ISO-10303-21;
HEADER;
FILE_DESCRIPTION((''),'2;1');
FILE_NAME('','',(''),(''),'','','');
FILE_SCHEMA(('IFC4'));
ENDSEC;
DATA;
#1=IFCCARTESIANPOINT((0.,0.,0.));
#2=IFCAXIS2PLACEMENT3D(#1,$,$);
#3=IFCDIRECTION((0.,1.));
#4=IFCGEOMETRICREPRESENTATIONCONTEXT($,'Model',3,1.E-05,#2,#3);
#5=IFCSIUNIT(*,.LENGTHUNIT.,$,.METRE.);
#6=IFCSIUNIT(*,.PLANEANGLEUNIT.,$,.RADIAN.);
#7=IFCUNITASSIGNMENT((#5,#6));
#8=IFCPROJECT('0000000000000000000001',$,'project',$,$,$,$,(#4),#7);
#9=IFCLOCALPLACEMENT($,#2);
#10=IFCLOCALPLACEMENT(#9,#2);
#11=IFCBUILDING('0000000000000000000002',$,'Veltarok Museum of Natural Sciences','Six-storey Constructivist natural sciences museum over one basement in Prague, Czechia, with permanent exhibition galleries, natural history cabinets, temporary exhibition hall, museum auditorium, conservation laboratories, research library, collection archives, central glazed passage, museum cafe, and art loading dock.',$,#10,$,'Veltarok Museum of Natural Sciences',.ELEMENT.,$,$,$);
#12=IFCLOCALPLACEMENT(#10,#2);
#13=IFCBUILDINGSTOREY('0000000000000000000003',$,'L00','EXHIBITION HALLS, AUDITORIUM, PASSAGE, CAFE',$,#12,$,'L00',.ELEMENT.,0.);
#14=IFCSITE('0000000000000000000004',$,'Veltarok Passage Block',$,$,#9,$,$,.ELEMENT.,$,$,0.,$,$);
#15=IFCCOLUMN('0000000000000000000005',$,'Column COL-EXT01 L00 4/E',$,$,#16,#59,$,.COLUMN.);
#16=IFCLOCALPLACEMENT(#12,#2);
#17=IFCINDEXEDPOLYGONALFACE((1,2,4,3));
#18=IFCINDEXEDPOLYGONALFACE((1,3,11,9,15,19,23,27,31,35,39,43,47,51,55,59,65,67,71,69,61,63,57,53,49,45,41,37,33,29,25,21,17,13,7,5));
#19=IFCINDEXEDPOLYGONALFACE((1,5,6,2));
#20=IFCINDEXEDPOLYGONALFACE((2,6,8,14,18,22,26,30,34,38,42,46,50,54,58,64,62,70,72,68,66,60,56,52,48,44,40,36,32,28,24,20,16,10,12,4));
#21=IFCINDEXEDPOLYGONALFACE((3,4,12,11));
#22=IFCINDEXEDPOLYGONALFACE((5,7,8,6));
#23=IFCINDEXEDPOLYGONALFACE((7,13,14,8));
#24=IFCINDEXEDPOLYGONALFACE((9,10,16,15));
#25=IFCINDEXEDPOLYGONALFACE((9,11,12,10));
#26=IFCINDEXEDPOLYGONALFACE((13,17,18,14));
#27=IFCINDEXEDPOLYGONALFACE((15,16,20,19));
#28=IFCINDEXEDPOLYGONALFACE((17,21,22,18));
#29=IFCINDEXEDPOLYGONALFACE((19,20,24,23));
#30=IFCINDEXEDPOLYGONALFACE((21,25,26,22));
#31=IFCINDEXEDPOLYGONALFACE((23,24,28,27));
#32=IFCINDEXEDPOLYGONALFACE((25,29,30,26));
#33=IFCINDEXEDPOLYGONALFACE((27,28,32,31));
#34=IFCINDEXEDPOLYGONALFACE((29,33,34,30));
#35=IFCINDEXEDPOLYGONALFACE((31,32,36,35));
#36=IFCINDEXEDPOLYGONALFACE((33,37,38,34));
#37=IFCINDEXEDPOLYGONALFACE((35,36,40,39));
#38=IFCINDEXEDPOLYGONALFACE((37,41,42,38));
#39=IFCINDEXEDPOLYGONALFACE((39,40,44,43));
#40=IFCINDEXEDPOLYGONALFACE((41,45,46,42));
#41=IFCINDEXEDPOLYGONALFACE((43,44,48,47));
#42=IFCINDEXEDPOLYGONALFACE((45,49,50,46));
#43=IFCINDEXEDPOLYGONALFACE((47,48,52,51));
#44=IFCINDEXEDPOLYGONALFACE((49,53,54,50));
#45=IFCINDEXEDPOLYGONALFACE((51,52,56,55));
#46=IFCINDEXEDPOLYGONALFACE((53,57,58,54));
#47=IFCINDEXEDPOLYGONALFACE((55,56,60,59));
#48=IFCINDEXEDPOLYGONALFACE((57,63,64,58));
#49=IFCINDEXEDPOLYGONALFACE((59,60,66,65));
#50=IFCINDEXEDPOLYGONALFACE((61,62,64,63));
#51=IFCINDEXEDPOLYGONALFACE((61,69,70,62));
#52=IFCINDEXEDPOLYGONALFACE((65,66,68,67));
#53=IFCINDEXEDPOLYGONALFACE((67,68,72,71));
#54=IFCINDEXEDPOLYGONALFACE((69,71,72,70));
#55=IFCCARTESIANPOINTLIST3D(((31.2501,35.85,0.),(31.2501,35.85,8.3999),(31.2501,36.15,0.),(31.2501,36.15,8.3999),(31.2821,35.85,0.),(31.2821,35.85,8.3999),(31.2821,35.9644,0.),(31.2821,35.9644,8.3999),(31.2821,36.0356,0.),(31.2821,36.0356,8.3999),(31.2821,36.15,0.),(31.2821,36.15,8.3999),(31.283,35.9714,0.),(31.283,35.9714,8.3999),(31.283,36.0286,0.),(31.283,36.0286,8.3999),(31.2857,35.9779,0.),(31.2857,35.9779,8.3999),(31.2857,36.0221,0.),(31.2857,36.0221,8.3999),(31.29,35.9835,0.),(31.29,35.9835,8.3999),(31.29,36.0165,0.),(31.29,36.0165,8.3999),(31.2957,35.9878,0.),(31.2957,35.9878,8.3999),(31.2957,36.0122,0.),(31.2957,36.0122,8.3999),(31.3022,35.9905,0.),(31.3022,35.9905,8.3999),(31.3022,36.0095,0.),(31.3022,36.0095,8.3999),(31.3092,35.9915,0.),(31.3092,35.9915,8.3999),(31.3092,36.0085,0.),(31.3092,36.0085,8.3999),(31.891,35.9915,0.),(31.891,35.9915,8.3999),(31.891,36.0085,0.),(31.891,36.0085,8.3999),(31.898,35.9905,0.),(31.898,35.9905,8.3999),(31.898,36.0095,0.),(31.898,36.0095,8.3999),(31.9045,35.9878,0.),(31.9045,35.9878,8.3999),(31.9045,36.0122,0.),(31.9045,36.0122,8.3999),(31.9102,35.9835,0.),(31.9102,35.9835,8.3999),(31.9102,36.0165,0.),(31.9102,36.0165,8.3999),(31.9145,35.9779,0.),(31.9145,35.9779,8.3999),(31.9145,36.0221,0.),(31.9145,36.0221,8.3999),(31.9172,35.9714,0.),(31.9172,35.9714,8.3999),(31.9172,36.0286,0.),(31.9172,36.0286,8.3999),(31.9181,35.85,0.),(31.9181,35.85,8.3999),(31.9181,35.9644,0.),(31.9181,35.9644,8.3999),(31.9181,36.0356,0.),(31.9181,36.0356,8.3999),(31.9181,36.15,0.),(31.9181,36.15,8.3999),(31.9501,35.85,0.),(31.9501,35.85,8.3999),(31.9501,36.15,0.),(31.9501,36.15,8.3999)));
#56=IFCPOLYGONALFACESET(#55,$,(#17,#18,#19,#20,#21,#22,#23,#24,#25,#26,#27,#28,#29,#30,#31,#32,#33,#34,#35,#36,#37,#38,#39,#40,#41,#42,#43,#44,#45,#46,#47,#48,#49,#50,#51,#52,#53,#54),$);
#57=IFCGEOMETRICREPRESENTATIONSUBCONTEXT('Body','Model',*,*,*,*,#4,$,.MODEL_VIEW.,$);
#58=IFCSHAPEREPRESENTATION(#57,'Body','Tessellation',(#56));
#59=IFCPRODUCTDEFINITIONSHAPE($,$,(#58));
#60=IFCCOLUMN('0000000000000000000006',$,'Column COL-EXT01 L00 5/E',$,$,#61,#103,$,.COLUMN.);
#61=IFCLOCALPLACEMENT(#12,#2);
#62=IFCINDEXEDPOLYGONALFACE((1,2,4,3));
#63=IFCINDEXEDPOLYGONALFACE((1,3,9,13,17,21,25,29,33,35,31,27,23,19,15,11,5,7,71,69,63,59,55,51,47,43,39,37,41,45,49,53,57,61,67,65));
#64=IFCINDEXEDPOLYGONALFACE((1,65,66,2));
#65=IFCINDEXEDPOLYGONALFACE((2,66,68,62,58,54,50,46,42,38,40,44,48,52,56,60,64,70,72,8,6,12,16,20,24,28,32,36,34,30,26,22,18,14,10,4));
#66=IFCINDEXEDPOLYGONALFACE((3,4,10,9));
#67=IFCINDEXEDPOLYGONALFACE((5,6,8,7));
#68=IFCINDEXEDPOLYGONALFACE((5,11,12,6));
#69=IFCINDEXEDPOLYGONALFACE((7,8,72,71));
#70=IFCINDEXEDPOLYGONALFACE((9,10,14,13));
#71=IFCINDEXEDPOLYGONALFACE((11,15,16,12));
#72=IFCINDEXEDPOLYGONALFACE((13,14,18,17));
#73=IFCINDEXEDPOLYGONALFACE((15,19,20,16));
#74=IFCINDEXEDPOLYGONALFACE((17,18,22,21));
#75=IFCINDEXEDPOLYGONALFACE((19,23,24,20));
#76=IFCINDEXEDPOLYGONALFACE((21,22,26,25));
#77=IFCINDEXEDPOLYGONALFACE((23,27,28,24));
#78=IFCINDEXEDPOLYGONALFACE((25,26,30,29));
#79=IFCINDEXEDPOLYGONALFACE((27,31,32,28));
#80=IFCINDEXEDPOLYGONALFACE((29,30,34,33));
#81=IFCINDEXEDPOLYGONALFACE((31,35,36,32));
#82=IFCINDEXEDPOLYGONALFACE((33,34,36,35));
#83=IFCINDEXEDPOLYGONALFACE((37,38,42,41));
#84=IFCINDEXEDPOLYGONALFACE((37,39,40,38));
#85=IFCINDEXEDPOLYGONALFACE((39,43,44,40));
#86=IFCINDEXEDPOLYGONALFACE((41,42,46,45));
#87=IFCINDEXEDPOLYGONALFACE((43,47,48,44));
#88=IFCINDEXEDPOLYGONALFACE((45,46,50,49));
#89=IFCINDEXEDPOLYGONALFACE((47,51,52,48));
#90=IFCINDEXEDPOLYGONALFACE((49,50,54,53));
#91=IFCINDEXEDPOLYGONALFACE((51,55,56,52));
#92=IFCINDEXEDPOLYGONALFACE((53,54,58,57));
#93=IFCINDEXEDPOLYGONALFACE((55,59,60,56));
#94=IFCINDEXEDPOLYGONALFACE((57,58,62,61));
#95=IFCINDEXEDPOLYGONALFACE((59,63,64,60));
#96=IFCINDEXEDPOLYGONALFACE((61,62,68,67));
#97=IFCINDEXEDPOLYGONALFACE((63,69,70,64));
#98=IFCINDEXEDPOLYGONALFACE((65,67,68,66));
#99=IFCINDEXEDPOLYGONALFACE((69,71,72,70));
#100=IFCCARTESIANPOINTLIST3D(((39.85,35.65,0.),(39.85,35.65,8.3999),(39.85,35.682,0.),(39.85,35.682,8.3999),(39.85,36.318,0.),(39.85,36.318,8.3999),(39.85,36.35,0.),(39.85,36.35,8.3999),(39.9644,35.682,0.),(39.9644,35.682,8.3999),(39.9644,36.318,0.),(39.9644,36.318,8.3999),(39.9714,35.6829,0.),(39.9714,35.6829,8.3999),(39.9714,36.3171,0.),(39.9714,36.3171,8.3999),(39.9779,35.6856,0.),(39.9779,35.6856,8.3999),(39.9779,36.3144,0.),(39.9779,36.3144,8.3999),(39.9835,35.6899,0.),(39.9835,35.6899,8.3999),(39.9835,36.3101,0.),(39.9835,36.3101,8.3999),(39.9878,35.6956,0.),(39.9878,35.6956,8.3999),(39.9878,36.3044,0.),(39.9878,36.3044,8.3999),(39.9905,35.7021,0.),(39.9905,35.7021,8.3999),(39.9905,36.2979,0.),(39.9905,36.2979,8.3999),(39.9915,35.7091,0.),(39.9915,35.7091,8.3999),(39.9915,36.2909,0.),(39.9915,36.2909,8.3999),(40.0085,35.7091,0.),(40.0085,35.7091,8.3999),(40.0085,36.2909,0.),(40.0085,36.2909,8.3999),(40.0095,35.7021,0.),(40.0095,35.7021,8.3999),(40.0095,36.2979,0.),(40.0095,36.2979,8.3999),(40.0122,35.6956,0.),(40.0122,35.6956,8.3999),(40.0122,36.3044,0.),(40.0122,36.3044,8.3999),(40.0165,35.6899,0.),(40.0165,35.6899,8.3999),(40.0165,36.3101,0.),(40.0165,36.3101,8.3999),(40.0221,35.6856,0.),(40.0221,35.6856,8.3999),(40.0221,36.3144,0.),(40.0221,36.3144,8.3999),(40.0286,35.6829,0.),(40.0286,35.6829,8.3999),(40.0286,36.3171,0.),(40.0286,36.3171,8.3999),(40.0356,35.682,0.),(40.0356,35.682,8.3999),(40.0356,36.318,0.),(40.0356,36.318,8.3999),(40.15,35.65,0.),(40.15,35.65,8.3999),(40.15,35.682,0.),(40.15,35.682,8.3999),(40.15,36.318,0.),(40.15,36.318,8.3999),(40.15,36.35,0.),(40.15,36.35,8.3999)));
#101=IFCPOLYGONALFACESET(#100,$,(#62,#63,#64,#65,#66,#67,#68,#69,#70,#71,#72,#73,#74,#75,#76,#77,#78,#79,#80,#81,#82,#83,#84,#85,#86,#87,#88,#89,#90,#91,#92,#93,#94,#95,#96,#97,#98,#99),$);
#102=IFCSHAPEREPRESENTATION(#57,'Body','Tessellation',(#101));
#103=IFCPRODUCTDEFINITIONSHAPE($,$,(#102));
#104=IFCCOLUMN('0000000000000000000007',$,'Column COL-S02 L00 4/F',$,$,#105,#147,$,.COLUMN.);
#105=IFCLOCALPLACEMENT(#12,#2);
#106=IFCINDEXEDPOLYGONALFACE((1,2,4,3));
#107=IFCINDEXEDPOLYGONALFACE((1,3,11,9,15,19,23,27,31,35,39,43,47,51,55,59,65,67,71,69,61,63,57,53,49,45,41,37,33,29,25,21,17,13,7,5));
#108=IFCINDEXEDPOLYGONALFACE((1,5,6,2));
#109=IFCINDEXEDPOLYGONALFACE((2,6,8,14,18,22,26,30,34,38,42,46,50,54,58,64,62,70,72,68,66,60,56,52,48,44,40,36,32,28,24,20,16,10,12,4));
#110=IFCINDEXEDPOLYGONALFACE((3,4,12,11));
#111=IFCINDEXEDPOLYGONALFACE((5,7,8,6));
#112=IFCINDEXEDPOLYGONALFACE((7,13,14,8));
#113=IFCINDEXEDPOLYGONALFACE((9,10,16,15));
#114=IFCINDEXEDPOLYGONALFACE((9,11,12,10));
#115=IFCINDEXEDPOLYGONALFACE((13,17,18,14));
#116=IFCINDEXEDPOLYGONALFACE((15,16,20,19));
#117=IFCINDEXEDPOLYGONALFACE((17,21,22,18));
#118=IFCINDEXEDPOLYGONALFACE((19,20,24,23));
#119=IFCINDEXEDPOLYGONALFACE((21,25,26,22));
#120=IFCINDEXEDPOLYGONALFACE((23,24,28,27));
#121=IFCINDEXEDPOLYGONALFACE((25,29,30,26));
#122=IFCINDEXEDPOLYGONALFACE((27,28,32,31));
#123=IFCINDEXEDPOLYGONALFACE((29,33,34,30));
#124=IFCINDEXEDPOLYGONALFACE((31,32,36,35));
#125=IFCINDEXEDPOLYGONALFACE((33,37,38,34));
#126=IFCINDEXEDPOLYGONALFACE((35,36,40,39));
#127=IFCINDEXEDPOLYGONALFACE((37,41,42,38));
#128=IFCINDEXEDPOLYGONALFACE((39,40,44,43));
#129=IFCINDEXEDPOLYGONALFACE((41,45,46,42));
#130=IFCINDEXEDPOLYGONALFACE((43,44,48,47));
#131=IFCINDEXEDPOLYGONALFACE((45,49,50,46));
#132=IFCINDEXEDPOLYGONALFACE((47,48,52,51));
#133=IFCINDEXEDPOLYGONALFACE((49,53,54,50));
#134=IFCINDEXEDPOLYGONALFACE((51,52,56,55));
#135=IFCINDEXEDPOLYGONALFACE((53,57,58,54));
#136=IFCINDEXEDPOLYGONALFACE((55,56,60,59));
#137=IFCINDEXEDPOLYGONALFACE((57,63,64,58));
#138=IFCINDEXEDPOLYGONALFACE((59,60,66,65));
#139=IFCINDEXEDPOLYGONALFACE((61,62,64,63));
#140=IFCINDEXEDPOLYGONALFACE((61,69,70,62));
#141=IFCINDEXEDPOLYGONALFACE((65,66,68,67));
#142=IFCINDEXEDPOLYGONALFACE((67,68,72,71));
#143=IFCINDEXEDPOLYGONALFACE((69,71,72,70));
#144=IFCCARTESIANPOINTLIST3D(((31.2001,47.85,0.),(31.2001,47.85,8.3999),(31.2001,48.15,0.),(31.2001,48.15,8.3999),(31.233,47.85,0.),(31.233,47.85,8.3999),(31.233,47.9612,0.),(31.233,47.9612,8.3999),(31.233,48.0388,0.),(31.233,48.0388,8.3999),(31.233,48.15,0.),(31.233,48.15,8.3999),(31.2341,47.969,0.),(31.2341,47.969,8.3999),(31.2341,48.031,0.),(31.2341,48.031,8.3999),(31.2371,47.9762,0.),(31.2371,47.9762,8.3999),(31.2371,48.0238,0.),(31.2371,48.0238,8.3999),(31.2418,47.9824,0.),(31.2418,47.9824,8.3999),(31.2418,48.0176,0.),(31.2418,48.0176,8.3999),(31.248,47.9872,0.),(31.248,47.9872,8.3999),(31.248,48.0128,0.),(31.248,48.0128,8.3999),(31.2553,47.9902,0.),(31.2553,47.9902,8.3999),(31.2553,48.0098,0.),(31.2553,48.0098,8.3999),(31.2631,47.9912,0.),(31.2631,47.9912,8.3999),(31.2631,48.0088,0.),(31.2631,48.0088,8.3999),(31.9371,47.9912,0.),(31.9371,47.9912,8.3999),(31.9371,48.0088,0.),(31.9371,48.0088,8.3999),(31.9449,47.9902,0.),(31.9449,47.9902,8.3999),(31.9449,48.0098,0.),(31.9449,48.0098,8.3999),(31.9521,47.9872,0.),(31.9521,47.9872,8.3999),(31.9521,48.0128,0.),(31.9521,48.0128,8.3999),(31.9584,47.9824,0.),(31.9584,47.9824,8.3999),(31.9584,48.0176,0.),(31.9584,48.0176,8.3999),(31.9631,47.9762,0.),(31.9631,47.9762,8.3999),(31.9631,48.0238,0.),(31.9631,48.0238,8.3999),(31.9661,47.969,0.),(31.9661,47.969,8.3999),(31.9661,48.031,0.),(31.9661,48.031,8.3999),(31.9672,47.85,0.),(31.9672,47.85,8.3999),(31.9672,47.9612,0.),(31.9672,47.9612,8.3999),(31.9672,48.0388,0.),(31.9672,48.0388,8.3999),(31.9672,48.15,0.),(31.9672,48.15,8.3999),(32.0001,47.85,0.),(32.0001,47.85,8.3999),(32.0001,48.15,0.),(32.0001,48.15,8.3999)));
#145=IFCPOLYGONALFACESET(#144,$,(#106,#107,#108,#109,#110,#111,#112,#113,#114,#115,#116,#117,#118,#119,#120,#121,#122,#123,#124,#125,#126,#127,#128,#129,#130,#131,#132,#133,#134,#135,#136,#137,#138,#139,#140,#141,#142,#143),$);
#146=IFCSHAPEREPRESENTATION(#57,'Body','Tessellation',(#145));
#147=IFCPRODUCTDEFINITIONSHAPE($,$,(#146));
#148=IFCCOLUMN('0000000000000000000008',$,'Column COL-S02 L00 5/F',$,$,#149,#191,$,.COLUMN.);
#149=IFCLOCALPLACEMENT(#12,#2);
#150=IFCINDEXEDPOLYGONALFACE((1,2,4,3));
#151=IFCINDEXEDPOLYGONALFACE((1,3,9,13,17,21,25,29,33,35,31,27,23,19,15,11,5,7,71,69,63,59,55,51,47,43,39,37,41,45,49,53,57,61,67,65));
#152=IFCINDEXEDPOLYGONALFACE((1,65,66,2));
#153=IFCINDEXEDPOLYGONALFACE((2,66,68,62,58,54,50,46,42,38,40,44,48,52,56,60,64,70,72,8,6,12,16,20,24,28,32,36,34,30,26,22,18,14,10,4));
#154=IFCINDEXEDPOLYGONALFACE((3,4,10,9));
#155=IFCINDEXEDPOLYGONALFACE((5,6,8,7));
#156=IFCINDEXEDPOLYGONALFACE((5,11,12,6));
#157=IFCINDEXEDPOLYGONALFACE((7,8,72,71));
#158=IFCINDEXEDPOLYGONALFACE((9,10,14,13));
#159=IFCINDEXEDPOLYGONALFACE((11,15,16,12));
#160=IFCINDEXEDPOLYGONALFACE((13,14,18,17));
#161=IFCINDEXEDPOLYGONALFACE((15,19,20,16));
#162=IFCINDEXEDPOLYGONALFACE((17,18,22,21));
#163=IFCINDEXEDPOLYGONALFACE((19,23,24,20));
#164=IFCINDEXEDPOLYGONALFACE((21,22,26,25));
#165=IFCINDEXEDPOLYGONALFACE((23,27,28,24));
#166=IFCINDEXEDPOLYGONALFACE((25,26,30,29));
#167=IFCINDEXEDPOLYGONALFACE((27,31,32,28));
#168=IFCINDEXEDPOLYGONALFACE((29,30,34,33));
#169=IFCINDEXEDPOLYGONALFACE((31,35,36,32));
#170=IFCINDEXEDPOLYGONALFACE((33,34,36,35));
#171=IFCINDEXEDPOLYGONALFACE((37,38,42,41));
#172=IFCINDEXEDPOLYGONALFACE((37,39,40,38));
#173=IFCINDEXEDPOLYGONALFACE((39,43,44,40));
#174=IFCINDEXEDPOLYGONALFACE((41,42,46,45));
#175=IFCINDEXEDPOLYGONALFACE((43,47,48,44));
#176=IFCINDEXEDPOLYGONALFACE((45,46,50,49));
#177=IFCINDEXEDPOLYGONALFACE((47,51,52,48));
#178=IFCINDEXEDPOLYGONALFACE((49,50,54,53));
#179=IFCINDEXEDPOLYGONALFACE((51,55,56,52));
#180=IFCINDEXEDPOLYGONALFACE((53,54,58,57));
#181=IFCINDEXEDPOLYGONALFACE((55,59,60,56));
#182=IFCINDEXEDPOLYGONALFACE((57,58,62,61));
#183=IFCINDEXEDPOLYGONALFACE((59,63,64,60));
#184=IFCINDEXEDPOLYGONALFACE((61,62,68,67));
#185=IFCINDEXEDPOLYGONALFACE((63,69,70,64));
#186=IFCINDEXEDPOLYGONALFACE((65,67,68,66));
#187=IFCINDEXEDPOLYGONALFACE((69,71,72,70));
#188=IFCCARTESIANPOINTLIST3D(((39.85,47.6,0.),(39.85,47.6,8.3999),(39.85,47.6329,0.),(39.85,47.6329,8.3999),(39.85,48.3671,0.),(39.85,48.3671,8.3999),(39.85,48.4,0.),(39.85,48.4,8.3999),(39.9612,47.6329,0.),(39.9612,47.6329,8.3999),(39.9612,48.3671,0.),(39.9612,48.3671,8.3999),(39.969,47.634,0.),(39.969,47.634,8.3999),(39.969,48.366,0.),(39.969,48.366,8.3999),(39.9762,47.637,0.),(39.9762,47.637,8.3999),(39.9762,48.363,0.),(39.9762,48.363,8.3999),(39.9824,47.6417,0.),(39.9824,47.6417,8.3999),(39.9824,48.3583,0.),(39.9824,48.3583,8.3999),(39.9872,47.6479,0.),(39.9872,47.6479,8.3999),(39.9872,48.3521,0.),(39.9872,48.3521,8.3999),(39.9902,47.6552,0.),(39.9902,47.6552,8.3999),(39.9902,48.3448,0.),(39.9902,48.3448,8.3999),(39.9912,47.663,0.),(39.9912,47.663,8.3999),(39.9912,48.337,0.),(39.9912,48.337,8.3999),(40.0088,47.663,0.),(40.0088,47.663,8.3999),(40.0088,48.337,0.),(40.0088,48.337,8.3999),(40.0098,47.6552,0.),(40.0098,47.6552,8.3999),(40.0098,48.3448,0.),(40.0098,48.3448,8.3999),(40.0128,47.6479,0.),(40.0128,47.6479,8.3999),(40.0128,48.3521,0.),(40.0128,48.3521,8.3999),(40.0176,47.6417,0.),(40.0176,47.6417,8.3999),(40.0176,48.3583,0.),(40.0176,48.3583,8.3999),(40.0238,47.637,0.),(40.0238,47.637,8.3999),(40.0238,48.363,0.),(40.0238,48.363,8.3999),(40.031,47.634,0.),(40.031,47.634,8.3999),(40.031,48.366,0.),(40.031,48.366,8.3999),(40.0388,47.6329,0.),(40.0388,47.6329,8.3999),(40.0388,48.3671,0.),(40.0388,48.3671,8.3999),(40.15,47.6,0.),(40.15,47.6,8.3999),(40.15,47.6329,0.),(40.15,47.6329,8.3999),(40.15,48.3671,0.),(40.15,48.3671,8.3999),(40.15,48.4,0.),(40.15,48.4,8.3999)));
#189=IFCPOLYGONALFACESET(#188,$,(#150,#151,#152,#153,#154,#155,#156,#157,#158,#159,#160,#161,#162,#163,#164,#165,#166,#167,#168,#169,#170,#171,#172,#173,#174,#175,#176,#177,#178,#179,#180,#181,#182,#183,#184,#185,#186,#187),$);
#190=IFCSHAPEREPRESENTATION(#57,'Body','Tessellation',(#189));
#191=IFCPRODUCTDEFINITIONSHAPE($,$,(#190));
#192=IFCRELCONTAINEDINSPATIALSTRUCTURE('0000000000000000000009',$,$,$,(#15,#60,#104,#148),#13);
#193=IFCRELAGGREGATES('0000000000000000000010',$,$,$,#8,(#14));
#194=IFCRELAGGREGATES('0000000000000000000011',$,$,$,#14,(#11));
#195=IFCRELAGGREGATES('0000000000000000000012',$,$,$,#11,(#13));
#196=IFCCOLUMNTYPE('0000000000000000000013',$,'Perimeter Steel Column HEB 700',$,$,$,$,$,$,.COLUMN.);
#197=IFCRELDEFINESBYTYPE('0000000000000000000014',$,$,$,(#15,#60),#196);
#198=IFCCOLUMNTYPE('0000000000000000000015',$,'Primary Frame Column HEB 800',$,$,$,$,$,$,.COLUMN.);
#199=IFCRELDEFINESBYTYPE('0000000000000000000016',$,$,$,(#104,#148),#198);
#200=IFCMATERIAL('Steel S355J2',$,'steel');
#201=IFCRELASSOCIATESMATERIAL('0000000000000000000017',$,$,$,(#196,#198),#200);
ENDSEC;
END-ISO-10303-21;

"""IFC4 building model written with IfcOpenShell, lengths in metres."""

from ifc_helpers import new_model, si_unit, direction, frame, origin, origin_2d, place, context, subcontext, project, spatial, i_section, extrude, material, material_profile, profile_set, type_object, element, save


model = new_model("IFC4")

# Units and contexts
model_context = context("Model", 3, precision=1e-05, world=origin(), true_north=direction((0.0, 1.0)))
body_context = subcontext(model_context, "Body", "Model", "MODEL_VIEW")
ifc_project = project(units=[si_unit("LENGTHUNIT", "METRE"), si_unit("PLANEANGLEUNIT", "RADIAN")], contexts=[model_context])

# Site, building, storey
site_placement = place(None, origin())
site = spatial("IfcSite", under=ifc_project, at=site_placement, Name="Veltarok Passage Block", CompositionType="ELEMENT", RefElevation=0.0)
building_placement = place(site_placement, origin())
building = spatial("IfcBuilding", under=site, at=building_placement, Name="Veltarok Museum of Natural Sciences", Description="Six-storey Constructivist natural sciences museum over one basement in Prague, Czechia, with permanent exhibition galleries, natural history cabinets, temporary exhibition hall, museum auditorium, conservation laboratories, research library, collection archives, central glazed passage, museum cafe, and art loading dock.", LongName="Veltarok Museum of Natural Sciences", CompositionType="ELEMENT")
storey_placement = place(building_placement, origin())
storey = spatial("IfcBuildingStorey", under=building, at=storey_placement, Name="L00", Description="EXHIBITION HALLS, AUDITORIUM, PASSAGE, CAFE", LongName="L00", CompositionType="ELEMENT", Elevation=0.0)

# Columns
ifc_material_1 = material(Name="Steel S355J2", Category="steel")
ifc_material_profile_1 = material_profile(ifc_material_1, i_section(OverallWidth=0.3, OverallDepth=0.7, WebThickness=0.0171, FlangeThickness=0.032, FilletRadius=0.0271, at=origin_2d()), Name="HEB 700")
ifc_profile_set_1 = profile_set([ifc_material_profile_1], Name="Steel S355J2")
column_type_1 = type_object("IfcColumnType", Name="Perimeter Steel Column HEB 700", PredefinedType="COLUMN", material=ifc_profile_set_1)
for number, where, z_axis, x_axis, name in (
    (1, (31.6001, 36.0, 0.0), (0.0, 0.0, 1.0), (0.0, 1.0, 0.0), "Column COL-EXT01 L00 4/E"),
    (2, (40.0, 36.0, 0.0), (0.0, 0.0, 1.0), (1.0, 0.0, 0.0), "Column COL-EXT01 L00 5/E"),
):
    element("IfcColumn", number, at=place(storey_placement, frame(where, z_axis=z_axis, x_axis=x_axis)), inside=storey, type_object=column_type_1, Name=name, PredefinedType="COLUMN", context=body_context, shape_type="SweptSolid", body=[
        extrude(i_section(OverallWidth=0.3, OverallDepth=0.7, WebThickness=0.0171, FlangeThickness=0.032, FilletRadius=0.0271, at=origin_2d()), origin(), (0.0, 0.0, 1.0), 8.3999),
    ])
ifc_material_profile_2 = material_profile(ifc_material_1, i_section(OverallWidth=0.3, OverallDepth=0.8, WebThickness=0.0176, FlangeThickness=0.033, FilletRadius=0.03, at=origin_2d()), Name="HEB 800")
ifc_profile_set_2 = profile_set([ifc_material_profile_2], Name="Steel S355J2")
column_type_2 = type_object("IfcColumnType", Name="Primary Frame Column HEB 800", PredefinedType="COLUMN", material=ifc_profile_set_2)
for number, where, z_axis, x_axis, name in (
    (3, (31.6001, 48.0, 0.0), (0.0, 0.0, 1.0), (0.0, 1.0, 0.0), "Column COL-S02 L00 4/F"),
    (4, (40.0, 48.0, 0.0), (0.0, 0.0, 1.0), (1.0, 0.0, 0.0), "Column COL-S02 L00 5/F"),
):
    element("IfcColumn", number, at=place(storey_placement, frame(where, z_axis=z_axis, x_axis=x_axis)), inside=storey, type_object=column_type_2, Name=name, PredefinedType="COLUMN", context=body_context, shape_type="SweptSolid", body=[
        extrude(i_section(OverallWidth=0.3, OverallDepth=0.8, WebThickness=0.0176, FlangeThickness=0.033, FilletRadius=0.03, at=origin_2d()), origin(), (0.0, 0.0, 1.0), 8.3999),
    ])

save(model, "model.ifc")
